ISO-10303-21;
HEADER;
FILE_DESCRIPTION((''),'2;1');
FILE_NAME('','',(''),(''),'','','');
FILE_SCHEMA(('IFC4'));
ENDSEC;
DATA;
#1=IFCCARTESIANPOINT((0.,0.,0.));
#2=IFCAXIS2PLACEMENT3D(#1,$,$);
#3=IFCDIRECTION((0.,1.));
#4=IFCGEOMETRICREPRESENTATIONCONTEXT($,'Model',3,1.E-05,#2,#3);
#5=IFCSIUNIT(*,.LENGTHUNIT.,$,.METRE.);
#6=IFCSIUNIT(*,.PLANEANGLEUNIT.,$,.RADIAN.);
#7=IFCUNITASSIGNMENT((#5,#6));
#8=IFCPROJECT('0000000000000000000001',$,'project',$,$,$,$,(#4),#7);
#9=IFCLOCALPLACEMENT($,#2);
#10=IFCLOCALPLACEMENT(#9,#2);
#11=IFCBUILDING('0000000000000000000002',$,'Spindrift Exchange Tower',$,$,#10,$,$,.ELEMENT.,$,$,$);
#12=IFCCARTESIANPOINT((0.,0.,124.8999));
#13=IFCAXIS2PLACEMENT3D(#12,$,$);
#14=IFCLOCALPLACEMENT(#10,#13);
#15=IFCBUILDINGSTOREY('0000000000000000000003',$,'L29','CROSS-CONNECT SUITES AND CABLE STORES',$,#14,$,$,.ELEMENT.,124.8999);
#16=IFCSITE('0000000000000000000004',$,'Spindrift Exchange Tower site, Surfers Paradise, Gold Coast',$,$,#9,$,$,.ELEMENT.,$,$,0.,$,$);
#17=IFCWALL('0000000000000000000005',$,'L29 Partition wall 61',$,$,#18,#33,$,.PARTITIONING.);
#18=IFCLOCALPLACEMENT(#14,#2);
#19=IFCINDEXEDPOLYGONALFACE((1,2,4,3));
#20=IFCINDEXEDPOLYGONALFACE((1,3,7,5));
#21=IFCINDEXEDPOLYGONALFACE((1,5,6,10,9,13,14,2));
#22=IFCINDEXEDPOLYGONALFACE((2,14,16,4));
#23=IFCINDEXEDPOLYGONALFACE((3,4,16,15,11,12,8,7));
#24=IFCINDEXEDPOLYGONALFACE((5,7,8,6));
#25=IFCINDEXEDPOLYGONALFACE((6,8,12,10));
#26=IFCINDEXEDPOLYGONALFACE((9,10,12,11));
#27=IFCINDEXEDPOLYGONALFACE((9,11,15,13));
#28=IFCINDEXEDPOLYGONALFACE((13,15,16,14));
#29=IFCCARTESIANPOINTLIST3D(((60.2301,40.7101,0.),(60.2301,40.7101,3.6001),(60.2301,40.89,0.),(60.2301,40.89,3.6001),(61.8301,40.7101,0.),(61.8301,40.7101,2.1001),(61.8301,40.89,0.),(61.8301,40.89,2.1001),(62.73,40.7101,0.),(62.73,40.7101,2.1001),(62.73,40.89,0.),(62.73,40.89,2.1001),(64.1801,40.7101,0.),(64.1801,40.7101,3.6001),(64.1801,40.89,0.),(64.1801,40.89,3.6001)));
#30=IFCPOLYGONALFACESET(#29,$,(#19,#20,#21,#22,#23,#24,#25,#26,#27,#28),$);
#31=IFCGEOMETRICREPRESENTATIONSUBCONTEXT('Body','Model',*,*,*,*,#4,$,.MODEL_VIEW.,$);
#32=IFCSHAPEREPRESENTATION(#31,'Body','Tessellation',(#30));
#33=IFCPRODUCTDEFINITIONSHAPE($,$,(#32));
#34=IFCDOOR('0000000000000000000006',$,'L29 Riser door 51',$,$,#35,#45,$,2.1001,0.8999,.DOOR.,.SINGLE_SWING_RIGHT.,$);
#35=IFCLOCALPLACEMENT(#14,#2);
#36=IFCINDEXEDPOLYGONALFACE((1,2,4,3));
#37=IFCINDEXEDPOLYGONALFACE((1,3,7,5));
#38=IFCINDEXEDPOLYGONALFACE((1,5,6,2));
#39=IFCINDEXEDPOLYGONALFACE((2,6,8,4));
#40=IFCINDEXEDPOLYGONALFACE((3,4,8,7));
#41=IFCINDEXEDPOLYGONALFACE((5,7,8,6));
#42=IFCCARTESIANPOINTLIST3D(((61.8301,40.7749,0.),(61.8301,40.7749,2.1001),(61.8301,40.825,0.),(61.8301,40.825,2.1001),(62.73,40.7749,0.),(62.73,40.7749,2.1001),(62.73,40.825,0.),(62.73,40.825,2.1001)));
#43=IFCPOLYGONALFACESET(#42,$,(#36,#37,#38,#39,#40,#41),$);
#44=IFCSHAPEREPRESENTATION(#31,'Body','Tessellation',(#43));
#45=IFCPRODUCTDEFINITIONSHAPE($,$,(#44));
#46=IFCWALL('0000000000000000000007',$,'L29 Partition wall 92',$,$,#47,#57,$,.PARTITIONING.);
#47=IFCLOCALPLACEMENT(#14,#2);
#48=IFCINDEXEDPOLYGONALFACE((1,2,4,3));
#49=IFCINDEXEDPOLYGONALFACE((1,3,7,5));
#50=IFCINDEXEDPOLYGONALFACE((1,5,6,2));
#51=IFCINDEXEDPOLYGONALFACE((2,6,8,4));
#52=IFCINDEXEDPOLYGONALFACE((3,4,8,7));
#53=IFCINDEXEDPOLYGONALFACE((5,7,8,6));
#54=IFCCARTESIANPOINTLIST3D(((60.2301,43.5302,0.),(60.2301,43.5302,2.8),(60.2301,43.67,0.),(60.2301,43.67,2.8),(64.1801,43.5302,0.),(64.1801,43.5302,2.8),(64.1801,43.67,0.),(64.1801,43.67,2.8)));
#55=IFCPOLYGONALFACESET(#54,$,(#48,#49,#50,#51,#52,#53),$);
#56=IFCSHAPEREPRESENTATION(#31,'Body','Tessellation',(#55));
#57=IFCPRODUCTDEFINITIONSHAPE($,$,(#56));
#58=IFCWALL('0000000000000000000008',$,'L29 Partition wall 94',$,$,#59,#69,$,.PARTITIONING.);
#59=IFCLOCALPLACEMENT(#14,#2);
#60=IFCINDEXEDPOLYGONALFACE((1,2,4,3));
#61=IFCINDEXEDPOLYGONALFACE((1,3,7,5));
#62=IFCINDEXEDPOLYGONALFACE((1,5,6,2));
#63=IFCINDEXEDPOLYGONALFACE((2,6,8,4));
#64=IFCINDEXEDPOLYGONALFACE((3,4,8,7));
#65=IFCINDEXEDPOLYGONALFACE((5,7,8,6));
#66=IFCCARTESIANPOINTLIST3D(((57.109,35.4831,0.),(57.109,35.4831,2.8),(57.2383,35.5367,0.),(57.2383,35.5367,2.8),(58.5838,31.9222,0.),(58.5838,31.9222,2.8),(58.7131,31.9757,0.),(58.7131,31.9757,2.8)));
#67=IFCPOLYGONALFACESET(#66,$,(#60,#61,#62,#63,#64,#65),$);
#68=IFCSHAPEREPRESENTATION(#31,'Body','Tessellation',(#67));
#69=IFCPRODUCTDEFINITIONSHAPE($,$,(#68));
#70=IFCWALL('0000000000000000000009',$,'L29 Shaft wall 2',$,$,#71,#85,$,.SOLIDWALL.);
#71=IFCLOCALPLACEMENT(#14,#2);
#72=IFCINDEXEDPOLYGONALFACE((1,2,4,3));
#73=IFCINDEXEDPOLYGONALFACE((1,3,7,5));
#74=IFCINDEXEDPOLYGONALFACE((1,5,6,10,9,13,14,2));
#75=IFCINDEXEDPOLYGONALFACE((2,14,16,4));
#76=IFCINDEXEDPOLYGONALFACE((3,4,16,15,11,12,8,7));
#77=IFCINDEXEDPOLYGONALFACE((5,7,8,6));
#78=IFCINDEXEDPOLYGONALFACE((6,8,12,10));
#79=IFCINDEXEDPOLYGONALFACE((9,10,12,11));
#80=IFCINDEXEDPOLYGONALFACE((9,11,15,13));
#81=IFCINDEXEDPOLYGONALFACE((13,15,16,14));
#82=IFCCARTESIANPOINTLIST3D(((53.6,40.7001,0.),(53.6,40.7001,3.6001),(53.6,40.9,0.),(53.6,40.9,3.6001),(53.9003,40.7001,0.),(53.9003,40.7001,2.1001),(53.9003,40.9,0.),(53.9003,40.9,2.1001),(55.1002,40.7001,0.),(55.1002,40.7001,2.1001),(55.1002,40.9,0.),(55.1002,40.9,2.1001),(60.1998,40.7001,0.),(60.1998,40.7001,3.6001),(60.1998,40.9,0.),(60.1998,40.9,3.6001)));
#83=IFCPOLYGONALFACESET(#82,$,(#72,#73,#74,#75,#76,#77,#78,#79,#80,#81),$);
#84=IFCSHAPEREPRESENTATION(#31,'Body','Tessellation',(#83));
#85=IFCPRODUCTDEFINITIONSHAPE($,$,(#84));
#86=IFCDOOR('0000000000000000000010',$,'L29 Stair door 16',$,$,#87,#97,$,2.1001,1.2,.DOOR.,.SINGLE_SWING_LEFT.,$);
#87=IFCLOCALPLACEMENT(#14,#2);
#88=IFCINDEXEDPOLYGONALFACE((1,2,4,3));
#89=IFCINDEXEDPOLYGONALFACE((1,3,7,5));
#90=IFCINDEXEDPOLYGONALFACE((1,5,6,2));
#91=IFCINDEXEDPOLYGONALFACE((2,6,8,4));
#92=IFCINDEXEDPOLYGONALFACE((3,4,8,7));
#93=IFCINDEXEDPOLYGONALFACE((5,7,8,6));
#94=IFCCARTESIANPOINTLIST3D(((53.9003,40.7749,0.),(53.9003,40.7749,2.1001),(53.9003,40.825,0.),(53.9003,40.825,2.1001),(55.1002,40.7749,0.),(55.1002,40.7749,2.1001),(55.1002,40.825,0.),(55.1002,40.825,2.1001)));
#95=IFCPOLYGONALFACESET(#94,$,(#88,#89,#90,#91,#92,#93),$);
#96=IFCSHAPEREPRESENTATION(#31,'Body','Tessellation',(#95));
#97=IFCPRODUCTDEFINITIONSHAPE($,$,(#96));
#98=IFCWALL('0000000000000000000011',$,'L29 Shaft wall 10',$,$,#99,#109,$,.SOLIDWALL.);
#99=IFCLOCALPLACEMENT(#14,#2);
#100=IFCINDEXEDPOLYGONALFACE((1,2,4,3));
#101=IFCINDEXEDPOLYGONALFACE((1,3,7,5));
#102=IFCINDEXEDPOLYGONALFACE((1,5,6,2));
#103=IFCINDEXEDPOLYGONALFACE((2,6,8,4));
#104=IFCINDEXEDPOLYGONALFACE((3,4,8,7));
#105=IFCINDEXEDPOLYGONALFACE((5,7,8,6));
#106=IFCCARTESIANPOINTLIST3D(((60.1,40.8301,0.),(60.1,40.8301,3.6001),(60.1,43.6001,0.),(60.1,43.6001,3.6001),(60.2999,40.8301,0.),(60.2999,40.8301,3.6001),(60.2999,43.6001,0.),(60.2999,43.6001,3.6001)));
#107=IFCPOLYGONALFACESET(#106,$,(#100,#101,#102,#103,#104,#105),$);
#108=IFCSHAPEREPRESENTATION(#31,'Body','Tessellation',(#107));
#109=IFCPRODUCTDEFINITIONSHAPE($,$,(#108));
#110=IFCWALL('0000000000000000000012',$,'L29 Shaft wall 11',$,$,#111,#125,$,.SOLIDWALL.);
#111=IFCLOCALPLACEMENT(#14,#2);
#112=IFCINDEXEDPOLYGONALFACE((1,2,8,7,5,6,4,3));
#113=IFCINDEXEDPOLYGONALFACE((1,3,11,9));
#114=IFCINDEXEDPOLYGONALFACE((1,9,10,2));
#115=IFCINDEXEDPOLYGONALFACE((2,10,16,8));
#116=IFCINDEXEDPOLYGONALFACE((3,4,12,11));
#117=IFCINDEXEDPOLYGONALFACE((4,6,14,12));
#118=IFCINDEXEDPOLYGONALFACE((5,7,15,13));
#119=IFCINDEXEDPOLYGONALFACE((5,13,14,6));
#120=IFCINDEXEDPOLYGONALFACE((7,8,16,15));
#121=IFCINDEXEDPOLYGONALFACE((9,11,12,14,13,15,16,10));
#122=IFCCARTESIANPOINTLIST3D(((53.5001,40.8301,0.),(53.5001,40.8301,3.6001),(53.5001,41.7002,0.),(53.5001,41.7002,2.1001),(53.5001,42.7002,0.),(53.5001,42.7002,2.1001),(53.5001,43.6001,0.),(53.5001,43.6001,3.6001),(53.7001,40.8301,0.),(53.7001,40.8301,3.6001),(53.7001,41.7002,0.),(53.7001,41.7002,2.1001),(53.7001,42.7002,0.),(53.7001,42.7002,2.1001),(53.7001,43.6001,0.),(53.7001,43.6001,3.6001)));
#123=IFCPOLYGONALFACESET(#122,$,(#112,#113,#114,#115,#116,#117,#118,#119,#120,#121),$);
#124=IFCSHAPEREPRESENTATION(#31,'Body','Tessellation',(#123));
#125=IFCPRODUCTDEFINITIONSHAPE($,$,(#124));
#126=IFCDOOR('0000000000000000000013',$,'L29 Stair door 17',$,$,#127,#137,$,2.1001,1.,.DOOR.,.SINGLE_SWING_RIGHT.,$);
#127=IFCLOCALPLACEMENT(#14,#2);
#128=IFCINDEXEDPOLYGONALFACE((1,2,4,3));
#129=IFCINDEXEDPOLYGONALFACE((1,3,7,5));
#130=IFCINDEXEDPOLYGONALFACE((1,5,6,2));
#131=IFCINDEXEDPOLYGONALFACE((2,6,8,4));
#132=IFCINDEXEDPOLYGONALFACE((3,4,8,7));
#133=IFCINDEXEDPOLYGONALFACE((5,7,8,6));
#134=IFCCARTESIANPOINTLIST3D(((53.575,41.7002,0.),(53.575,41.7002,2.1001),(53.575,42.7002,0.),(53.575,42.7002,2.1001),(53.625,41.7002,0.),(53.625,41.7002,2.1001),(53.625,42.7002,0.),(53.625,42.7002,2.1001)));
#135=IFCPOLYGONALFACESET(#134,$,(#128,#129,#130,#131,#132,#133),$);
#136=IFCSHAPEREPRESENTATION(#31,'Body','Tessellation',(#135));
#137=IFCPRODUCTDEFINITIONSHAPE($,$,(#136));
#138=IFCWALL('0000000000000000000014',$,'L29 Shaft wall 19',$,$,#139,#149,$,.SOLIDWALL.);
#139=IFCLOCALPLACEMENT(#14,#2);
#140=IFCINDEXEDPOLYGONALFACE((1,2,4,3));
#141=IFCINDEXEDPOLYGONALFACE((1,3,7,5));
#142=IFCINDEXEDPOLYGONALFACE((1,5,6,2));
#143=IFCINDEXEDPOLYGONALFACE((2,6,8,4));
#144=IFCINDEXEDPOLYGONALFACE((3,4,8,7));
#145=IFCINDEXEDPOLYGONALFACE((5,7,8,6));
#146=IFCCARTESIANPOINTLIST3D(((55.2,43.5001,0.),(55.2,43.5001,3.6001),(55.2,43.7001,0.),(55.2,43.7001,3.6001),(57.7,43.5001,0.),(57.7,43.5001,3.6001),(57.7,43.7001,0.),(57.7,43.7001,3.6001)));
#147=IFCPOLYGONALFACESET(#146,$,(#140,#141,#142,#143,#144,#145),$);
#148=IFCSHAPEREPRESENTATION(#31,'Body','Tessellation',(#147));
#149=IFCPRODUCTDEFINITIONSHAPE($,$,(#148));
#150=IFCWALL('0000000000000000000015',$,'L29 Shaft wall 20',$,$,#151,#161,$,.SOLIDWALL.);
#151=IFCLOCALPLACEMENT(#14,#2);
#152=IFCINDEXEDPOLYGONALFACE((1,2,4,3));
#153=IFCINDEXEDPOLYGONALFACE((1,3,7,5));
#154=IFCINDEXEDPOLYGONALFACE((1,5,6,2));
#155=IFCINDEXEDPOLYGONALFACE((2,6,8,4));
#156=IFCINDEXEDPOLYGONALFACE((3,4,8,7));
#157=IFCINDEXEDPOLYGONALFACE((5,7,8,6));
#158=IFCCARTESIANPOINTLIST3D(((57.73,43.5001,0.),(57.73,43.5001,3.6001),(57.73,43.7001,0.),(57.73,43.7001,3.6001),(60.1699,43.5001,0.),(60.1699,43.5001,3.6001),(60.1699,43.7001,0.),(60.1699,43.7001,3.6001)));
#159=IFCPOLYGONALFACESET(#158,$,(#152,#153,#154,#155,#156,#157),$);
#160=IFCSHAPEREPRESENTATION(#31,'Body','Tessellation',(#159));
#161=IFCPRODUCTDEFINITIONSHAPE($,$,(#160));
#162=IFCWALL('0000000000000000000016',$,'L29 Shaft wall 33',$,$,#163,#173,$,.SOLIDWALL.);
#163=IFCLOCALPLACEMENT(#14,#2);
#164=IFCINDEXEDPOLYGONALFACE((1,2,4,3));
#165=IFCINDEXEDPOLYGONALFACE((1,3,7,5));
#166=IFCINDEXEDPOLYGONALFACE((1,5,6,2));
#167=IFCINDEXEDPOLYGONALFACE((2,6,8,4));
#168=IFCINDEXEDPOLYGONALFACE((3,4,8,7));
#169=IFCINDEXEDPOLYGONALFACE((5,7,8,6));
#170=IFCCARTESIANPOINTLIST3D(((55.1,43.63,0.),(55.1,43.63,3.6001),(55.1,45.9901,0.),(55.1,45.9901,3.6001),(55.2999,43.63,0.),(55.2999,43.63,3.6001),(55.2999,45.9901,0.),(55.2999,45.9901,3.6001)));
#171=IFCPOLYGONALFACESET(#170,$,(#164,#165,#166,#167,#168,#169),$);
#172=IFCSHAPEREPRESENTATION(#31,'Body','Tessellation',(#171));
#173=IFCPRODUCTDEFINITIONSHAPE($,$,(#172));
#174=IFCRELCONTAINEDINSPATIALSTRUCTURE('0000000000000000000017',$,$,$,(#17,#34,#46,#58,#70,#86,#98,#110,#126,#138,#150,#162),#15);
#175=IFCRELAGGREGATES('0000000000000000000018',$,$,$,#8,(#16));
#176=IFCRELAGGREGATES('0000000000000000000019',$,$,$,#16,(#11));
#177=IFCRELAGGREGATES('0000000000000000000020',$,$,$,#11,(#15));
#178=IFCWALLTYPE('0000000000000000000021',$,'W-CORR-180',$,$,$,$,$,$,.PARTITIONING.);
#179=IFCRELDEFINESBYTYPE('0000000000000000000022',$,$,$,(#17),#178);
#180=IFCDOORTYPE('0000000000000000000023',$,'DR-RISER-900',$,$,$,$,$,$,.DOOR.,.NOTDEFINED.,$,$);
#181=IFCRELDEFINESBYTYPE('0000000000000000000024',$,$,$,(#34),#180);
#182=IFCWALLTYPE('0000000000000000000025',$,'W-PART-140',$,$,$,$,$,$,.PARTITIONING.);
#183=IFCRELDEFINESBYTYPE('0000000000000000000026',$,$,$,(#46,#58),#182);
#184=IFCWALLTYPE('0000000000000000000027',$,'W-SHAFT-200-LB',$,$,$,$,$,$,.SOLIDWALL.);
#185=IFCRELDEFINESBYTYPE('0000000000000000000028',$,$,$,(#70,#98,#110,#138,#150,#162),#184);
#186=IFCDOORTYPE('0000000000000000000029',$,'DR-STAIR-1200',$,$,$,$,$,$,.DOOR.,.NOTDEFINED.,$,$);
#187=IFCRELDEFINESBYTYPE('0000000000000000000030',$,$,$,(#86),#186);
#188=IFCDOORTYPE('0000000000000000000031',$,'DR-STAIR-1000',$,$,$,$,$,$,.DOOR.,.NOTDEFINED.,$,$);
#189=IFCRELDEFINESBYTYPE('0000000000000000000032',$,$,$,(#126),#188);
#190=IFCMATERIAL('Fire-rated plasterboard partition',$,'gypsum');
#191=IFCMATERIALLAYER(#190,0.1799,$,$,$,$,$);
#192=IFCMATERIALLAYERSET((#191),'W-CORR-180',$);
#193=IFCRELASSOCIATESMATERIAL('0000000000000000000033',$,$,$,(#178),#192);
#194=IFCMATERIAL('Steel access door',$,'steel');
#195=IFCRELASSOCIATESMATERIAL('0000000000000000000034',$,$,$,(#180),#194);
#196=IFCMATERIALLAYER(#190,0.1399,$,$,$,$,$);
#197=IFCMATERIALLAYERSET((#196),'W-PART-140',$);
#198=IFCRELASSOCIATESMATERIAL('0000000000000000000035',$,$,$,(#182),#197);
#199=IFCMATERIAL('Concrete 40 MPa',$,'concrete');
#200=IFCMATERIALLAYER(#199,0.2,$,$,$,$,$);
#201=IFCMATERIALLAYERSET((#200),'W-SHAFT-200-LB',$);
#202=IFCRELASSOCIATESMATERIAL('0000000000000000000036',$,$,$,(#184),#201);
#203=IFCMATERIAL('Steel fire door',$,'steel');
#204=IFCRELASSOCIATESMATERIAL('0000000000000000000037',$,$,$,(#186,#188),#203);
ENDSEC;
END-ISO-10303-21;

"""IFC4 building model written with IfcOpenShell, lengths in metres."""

from ifc_helpers import new_model, si_unit, direction, frame, frame_2d, origin, place, context, subcontext, project, spatial, rectangle, extrude, source, transform, mapped, material, layer, layer_set, type_object, element, fill, save


model = new_model("IFC4")

# Units and contexts
model_context = context("Model", 3, precision=1e-05, world=origin(), true_north=direction((0.0, 1.0)))
body_context = subcontext(model_context, "Body", "Model", "MODEL_VIEW")
ifc_project = project(units=[si_unit("LENGTHUNIT", "METRE"), si_unit("PLANEANGLEUNIT", "RADIAN")], contexts=[model_context])

# Site, building, storey
site_placement = place(None, origin())
site = spatial("IfcSite", under=ifc_project, at=site_placement, Name="Spindrift Exchange Tower site, Surfers Paradise, Gold Coast", CompositionType="ELEMENT", RefElevation=0.0)
building_placement = place(site_placement, origin())
building = spatial("IfcBuilding", under=site, at=building_placement, Name="Spindrift Exchange Tower", CompositionType="ELEMENT")
storey_placement = place(building_placement, frame((0.0, 0.0, 124.8999)))
storey = spatial("IfcBuildingStorey", under=building, at=storey_placement, Name="L29", Description="CROSS-CONNECT SUITES AND CABLE STORES", CompositionType="ELEMENT", Elevation=124.8999)

# Wall, opening, door
ifc_material_1 = material(Name="Fire-rated plasterboard partition", Category="gypsum")
ifc_layer_1 = layer(ifc_material_1, 0.1799)
ifc_layer_set_1 = layer_set([ifc_layer_1], Name="W-CORR-180")
wall_type_1 = type_object("IfcWallType", Name="W-CORR-180", PredefinedType="PARTITIONING", material=ifc_layer_set_1)
wall_1_placement = place(storey_placement, frame((60.23, 40.8, 0.0), z_axis=(0.0, 0.0, 1.0), x_axis=(1.0, 0.0, 0.0)))
wall_1 = element("IfcWall", 1, at=wall_1_placement, inside=storey, type_object=wall_type_1, Name="L29 Partition wall 61", PredefinedType="PARTITIONING", context=body_context, shape_type="SweptSolid", body=[
    extrude(rectangle(XDim=3.95, YDim=0.1799, at=frame_2d((1.9751, 0.0))), origin(), (0.0, 0.0, 1.0), 3.6001),
])
opening_1_placement = place(wall_1_placement, frame((1.6001, 0.0, 0.0)))
opening_1 = element("IfcOpeningElement", 2, at=opening_1_placement, cuts=wall_1, PredefinedType="OPENING", context=body_context, shape_type="SweptSolid", body=[
    extrude(rectangle(XDim=0.8999, YDim=2.1001, at=frame_2d((0.45, 1.05))), frame((0.0, 0.0999, 0.0), z_axis=(0.0, -1.0, 0.0), x_axis=(1.0, 0.0, 0.0)), (0.0, 0.0, 1.0), 0.2),
])
ifc_material_2 = material(Name="Steel access door", Category="steel")
door_type_1 = type_object("IfcDoorType", Name="DR-RISER-900", OperationType="NOTDEFINED", PredefinedType="DOOR", material=ifc_material_2)
shared_shape_1 = source(origin(), body_context, "Body", "SweptSolid", [
    extrude(rectangle(XDim=0.8999, YDim=2.1001, at=frame_2d((0.45, 1.05))), frame((0.0, 0.0249, 0.0), z_axis=(0.0, -1.0, 0.0), x_axis=(1.0, 0.0, 0.0)), (0.0, 0.0, 1.0), 0.05),
])
door_1_placement = place(opening_1_placement, origin())
door_1 = element("IfcDoor", 3, at=door_1_placement, inside=storey, type_object=door_type_1, Name="L29 Riser door 51", OperationType="SINGLE_SWING_RIGHT", OverallHeight=2.1001, OverallWidth=0.8999, PredefinedType="DOOR", context=body_context, shape_type="MappedRepresentation", body=[
    mapped(shared_shape_1, transform((0.0, 0.0, 0.0), scale=1.0)),
])
fill(opening_1, door_1)

# Walls
ifc_layer_2 = layer(ifc_material_1, 0.1399)
ifc_layer_set_2 = layer_set([ifc_layer_2], Name="W-PART-140")
wall_type_2 = type_object("IfcWallType", Name="W-PART-140", PredefinedType="PARTITIONING", material=ifc_layer_set_2)
wall_2_placement = place(storey_placement, frame((60.23, 43.6001, 0.0), z_axis=(0.0, 0.0, 1.0), x_axis=(1.0, 0.0, 0.0)))
element("IfcWall", 4, at=wall_2_placement, inside=storey, type_object=wall_type_2, Name="L29 Partition wall 92", PredefinedType="PARTITIONING", context=body_context, shape_type="SweptSolid", body=[
    extrude(rectangle(XDim=3.95, YDim=0.1399, at=frame_2d((1.9751, 0.0))), origin(), (0.0, 0.0, 1.0), 2.8),
])
wall_3_placement = place(storey_placement, frame((57.1736, 35.51, 0.0), z_axis=(0.0, 0.0, 1.0), x_axis=(0.382645, -0.923896, 0.0)))
element("IfcWall", 5, at=wall_3_placement, inside=storey, type_object=wall_type_2, Name="L29 Partition wall 94", PredefinedType="PARTITIONING", context=body_context, shape_type="SweptSolid", body=[
    extrude(rectangle(XDim=3.8542, YDim=0.1399, at=frame_2d((1.9272, 0.0))), origin(), (0.0, 0.0, 1.0), 2.8),
])

# Wall, opening, door
ifc_material_3 = material(Name="Concrete 40 MPa", Category="concrete")
ifc_layer_3 = layer(ifc_material_3, 0.2)
ifc_layer_set_3 = layer_set([ifc_layer_3], Name="W-SHAFT-200-LB")
wall_type_3 = type_object("IfcWallType", Name="W-SHAFT-200-LB", PredefinedType="SOLIDWALL", material=ifc_layer_set_3)
wall_4_placement = place(storey_placement, frame((53.6001, 40.8, 0.0), z_axis=(0.0, 0.0, 1.0), x_axis=(1.0, 0.0, 0.0)))
wall_4 = element("IfcWall", 6, at=wall_4_placement, inside=storey, type_object=wall_type_3, Name="L29 Shaft wall 2", PredefinedType="SOLIDWALL", context=body_context, shape_type="SweptSolid", body=[
    extrude(rectangle(XDim=6.5999, YDim=0.2, at=frame_2d((3.2998, 0.0))), origin(), (0.0, 0.0, 1.0), 3.6001),
])
opening_2_placement = place(wall_4_placement, frame((0.3, 0.0, 0.0)))
opening_2 = element("IfcOpeningElement", 7, at=opening_2_placement, cuts=wall_4, PredefinedType="OPENING", context=body_context, shape_type="SweptSolid", body=[
    extrude(rectangle(XDim=1.2, YDim=2.1001, at=frame_2d((0.6001, 1.05))), frame((0.0, 0.1099, 0.0), z_axis=(0.0, -1.0, 0.0), x_axis=(1.0, 0.0, 0.0)), (0.0, 0.0, 1.0), 0.22),
])
ifc_material_4 = material(Name="Steel fire door", Category="steel")
door_type_2 = type_object("IfcDoorType", Name="DR-STAIR-1200", OperationType="NOTDEFINED", PredefinedType="DOOR", material=ifc_material_4)
shared_shape_2 = source(origin(), body_context, "Body", "SweptSolid", [
    extrude(rectangle(XDim=1.2, YDim=2.1001, at=frame_2d((0.6001, 1.05))), frame((0.0, 0.0249, 0.0), z_axis=(0.0, -1.0, 0.0), x_axis=(1.0, 0.0, 0.0)), (0.0, 0.0, 1.0), 0.05),
])
door_2_placement = place(opening_2_placement, origin())
door_2 = element("IfcDoor", 8, at=door_2_placement, inside=storey, type_object=door_type_2, Name="L29 Stair door 16", OperationType="SINGLE_SWING_LEFT", OverallHeight=2.1001, OverallWidth=1.2, PredefinedType="DOOR", context=body_context, shape_type="MappedRepresentation", body=[
    mapped(shared_shape_2, transform((0.0, 0.0, 0.0), scale=1.0)),
])
fill(opening_2, door_2)

# Wall
wall_5_placement = place(storey_placement, frame((60.2, 40.8301, 0.0), z_axis=(0.0, 0.0, 1.0), x_axis=(0.0, 1.0, 0.0)))
element("IfcWall", 9, at=wall_5_placement, inside=storey, type_object=wall_type_3, Name="L29 Shaft wall 10", PredefinedType="SOLIDWALL", context=body_context, shape_type="SweptSolid", body=[
    extrude(rectangle(XDim=2.77, YDim=0.2, at=frame_2d((1.385, 0.0))), origin(), (0.0, 0.0, 1.0), 3.6001),
])

# Wall, opening, door
wall_6_placement = place(storey_placement, frame((53.6001, 43.6001, 0.0), z_axis=(0.0, 0.0, 1.0), x_axis=(0.0, -1.0, 0.0)))
wall_6 = element("IfcWall", 10, at=wall_6_placement, inside=storey, type_object=wall_type_3, Name="L29 Shaft wall 11", PredefinedType="SOLIDWALL", context=body_context, shape_type="SweptSolid", body=[
    extrude(rectangle(XDim=2.77, YDim=0.2, at=frame_2d((1.385, 0.0))), origin(), (0.0, 0.0, 1.0), 3.6001),
])
opening_3_placement = place(wall_6_placement, frame((0.8999, 0.0, 0.0)))
opening_3 = element("IfcOpeningElement", 11, at=opening_3_placement, cuts=wall_6, PredefinedType="OPENING", context=body_context, shape_type="SweptSolid", body=[
    extrude(rectangle(XDim=1.0, YDim=2.1001, at=frame_2d((0.5, 1.05))), frame((0.0, 0.1099, 0.0), z_axis=(0.0, -1.0, 0.0), x_axis=(1.0, 0.0, 0.0)), (0.0, 0.0, 1.0), 0.22),
])
door_type_3 = type_object("IfcDoorType", Name="DR-STAIR-1000", OperationType="NOTDEFINED", PredefinedType="DOOR", material=ifc_material_4)
shared_shape_3 = source(origin(), body_context, "Body", "SweptSolid", [
    extrude(rectangle(XDim=1.0, YDim=2.1001, at=frame_2d((0.5, 1.05))), frame((0.0, 0.0249, 0.0), z_axis=(0.0, -1.0, 0.0), x_axis=(1.0, 0.0, 0.0)), (0.0, 0.0, 1.0), 0.05),
])
door_3_placement = place(opening_3_placement, origin())
door_3 = element("IfcDoor", 12, at=door_3_placement, inside=storey, type_object=door_type_3, Name="L29 Stair door 17", OperationType="SINGLE_SWING_RIGHT", OverallHeight=2.1001, OverallWidth=1.0, PredefinedType="DOOR", context=body_context, shape_type="MappedRepresentation", body=[
    mapped(shared_shape_3, transform((0.0, 0.0, 0.0), scale=1.0)),
])
fill(opening_3, door_3)

# Walls
wall_7_placement = place(storey_placement, frame((55.2, 43.6001, 0.0), z_axis=(0.0, 0.0, 1.0), x_axis=(1.0, 0.0, 0.0)))
element("IfcWall", 13, at=wall_7_placement, inside=storey, type_object=wall_type_3, Name="L29 Shaft wall 19", PredefinedType="SOLIDWALL", context=body_context, shape_type="SweptSolid", body=[
    extrude(rectangle(XDim=2.5, YDim=0.2, at=frame_2d((1.25, 0.0))), origin(), (0.0, 0.0, 1.0), 3.6001),
])
wall_8_placement = place(storey_placement, frame((57.73, 43.6001, 0.0), z_axis=(0.0, 0.0, 1.0), x_axis=(1.0, 0.0, 0.0)))
element("IfcWall", 14, at=wall_8_placement, inside=storey, type_object=wall_type_3, Name="L29 Shaft wall 20", PredefinedType="SOLIDWALL", context=body_context, shape_type="SweptSolid", body=[
    extrude(rectangle(XDim=2.4399, YDim=0.2, at=frame_2d((1.22, 0.0))), origin(), (0.0, 0.0, 1.0), 3.6001),
])
for number, where, z_axis, x_axis, name in (
    (15, (55.2, 43.6299, 0.0), (0.0, 0.0, 1.0), (0.0, 1.0, 0.0), "L29 Shaft wall 33"),
):
    element("IfcWall", number, at=place(storey_placement, frame(where, z_axis=z_axis, x_axis=x_axis)), inside=storey, type_object=wall_type_3, Name=name, PredefinedType="SOLIDWALL", context=body_context, shape_type="SweptSolid", body=[
        extrude(rectangle(XDim=2.3601, YDim=0.2, at=frame_2d((1.1802, 0.0))), origin(), (0.0, 0.0, 1.0), 3.6001),
    ])

save(model, "model.ifc")
